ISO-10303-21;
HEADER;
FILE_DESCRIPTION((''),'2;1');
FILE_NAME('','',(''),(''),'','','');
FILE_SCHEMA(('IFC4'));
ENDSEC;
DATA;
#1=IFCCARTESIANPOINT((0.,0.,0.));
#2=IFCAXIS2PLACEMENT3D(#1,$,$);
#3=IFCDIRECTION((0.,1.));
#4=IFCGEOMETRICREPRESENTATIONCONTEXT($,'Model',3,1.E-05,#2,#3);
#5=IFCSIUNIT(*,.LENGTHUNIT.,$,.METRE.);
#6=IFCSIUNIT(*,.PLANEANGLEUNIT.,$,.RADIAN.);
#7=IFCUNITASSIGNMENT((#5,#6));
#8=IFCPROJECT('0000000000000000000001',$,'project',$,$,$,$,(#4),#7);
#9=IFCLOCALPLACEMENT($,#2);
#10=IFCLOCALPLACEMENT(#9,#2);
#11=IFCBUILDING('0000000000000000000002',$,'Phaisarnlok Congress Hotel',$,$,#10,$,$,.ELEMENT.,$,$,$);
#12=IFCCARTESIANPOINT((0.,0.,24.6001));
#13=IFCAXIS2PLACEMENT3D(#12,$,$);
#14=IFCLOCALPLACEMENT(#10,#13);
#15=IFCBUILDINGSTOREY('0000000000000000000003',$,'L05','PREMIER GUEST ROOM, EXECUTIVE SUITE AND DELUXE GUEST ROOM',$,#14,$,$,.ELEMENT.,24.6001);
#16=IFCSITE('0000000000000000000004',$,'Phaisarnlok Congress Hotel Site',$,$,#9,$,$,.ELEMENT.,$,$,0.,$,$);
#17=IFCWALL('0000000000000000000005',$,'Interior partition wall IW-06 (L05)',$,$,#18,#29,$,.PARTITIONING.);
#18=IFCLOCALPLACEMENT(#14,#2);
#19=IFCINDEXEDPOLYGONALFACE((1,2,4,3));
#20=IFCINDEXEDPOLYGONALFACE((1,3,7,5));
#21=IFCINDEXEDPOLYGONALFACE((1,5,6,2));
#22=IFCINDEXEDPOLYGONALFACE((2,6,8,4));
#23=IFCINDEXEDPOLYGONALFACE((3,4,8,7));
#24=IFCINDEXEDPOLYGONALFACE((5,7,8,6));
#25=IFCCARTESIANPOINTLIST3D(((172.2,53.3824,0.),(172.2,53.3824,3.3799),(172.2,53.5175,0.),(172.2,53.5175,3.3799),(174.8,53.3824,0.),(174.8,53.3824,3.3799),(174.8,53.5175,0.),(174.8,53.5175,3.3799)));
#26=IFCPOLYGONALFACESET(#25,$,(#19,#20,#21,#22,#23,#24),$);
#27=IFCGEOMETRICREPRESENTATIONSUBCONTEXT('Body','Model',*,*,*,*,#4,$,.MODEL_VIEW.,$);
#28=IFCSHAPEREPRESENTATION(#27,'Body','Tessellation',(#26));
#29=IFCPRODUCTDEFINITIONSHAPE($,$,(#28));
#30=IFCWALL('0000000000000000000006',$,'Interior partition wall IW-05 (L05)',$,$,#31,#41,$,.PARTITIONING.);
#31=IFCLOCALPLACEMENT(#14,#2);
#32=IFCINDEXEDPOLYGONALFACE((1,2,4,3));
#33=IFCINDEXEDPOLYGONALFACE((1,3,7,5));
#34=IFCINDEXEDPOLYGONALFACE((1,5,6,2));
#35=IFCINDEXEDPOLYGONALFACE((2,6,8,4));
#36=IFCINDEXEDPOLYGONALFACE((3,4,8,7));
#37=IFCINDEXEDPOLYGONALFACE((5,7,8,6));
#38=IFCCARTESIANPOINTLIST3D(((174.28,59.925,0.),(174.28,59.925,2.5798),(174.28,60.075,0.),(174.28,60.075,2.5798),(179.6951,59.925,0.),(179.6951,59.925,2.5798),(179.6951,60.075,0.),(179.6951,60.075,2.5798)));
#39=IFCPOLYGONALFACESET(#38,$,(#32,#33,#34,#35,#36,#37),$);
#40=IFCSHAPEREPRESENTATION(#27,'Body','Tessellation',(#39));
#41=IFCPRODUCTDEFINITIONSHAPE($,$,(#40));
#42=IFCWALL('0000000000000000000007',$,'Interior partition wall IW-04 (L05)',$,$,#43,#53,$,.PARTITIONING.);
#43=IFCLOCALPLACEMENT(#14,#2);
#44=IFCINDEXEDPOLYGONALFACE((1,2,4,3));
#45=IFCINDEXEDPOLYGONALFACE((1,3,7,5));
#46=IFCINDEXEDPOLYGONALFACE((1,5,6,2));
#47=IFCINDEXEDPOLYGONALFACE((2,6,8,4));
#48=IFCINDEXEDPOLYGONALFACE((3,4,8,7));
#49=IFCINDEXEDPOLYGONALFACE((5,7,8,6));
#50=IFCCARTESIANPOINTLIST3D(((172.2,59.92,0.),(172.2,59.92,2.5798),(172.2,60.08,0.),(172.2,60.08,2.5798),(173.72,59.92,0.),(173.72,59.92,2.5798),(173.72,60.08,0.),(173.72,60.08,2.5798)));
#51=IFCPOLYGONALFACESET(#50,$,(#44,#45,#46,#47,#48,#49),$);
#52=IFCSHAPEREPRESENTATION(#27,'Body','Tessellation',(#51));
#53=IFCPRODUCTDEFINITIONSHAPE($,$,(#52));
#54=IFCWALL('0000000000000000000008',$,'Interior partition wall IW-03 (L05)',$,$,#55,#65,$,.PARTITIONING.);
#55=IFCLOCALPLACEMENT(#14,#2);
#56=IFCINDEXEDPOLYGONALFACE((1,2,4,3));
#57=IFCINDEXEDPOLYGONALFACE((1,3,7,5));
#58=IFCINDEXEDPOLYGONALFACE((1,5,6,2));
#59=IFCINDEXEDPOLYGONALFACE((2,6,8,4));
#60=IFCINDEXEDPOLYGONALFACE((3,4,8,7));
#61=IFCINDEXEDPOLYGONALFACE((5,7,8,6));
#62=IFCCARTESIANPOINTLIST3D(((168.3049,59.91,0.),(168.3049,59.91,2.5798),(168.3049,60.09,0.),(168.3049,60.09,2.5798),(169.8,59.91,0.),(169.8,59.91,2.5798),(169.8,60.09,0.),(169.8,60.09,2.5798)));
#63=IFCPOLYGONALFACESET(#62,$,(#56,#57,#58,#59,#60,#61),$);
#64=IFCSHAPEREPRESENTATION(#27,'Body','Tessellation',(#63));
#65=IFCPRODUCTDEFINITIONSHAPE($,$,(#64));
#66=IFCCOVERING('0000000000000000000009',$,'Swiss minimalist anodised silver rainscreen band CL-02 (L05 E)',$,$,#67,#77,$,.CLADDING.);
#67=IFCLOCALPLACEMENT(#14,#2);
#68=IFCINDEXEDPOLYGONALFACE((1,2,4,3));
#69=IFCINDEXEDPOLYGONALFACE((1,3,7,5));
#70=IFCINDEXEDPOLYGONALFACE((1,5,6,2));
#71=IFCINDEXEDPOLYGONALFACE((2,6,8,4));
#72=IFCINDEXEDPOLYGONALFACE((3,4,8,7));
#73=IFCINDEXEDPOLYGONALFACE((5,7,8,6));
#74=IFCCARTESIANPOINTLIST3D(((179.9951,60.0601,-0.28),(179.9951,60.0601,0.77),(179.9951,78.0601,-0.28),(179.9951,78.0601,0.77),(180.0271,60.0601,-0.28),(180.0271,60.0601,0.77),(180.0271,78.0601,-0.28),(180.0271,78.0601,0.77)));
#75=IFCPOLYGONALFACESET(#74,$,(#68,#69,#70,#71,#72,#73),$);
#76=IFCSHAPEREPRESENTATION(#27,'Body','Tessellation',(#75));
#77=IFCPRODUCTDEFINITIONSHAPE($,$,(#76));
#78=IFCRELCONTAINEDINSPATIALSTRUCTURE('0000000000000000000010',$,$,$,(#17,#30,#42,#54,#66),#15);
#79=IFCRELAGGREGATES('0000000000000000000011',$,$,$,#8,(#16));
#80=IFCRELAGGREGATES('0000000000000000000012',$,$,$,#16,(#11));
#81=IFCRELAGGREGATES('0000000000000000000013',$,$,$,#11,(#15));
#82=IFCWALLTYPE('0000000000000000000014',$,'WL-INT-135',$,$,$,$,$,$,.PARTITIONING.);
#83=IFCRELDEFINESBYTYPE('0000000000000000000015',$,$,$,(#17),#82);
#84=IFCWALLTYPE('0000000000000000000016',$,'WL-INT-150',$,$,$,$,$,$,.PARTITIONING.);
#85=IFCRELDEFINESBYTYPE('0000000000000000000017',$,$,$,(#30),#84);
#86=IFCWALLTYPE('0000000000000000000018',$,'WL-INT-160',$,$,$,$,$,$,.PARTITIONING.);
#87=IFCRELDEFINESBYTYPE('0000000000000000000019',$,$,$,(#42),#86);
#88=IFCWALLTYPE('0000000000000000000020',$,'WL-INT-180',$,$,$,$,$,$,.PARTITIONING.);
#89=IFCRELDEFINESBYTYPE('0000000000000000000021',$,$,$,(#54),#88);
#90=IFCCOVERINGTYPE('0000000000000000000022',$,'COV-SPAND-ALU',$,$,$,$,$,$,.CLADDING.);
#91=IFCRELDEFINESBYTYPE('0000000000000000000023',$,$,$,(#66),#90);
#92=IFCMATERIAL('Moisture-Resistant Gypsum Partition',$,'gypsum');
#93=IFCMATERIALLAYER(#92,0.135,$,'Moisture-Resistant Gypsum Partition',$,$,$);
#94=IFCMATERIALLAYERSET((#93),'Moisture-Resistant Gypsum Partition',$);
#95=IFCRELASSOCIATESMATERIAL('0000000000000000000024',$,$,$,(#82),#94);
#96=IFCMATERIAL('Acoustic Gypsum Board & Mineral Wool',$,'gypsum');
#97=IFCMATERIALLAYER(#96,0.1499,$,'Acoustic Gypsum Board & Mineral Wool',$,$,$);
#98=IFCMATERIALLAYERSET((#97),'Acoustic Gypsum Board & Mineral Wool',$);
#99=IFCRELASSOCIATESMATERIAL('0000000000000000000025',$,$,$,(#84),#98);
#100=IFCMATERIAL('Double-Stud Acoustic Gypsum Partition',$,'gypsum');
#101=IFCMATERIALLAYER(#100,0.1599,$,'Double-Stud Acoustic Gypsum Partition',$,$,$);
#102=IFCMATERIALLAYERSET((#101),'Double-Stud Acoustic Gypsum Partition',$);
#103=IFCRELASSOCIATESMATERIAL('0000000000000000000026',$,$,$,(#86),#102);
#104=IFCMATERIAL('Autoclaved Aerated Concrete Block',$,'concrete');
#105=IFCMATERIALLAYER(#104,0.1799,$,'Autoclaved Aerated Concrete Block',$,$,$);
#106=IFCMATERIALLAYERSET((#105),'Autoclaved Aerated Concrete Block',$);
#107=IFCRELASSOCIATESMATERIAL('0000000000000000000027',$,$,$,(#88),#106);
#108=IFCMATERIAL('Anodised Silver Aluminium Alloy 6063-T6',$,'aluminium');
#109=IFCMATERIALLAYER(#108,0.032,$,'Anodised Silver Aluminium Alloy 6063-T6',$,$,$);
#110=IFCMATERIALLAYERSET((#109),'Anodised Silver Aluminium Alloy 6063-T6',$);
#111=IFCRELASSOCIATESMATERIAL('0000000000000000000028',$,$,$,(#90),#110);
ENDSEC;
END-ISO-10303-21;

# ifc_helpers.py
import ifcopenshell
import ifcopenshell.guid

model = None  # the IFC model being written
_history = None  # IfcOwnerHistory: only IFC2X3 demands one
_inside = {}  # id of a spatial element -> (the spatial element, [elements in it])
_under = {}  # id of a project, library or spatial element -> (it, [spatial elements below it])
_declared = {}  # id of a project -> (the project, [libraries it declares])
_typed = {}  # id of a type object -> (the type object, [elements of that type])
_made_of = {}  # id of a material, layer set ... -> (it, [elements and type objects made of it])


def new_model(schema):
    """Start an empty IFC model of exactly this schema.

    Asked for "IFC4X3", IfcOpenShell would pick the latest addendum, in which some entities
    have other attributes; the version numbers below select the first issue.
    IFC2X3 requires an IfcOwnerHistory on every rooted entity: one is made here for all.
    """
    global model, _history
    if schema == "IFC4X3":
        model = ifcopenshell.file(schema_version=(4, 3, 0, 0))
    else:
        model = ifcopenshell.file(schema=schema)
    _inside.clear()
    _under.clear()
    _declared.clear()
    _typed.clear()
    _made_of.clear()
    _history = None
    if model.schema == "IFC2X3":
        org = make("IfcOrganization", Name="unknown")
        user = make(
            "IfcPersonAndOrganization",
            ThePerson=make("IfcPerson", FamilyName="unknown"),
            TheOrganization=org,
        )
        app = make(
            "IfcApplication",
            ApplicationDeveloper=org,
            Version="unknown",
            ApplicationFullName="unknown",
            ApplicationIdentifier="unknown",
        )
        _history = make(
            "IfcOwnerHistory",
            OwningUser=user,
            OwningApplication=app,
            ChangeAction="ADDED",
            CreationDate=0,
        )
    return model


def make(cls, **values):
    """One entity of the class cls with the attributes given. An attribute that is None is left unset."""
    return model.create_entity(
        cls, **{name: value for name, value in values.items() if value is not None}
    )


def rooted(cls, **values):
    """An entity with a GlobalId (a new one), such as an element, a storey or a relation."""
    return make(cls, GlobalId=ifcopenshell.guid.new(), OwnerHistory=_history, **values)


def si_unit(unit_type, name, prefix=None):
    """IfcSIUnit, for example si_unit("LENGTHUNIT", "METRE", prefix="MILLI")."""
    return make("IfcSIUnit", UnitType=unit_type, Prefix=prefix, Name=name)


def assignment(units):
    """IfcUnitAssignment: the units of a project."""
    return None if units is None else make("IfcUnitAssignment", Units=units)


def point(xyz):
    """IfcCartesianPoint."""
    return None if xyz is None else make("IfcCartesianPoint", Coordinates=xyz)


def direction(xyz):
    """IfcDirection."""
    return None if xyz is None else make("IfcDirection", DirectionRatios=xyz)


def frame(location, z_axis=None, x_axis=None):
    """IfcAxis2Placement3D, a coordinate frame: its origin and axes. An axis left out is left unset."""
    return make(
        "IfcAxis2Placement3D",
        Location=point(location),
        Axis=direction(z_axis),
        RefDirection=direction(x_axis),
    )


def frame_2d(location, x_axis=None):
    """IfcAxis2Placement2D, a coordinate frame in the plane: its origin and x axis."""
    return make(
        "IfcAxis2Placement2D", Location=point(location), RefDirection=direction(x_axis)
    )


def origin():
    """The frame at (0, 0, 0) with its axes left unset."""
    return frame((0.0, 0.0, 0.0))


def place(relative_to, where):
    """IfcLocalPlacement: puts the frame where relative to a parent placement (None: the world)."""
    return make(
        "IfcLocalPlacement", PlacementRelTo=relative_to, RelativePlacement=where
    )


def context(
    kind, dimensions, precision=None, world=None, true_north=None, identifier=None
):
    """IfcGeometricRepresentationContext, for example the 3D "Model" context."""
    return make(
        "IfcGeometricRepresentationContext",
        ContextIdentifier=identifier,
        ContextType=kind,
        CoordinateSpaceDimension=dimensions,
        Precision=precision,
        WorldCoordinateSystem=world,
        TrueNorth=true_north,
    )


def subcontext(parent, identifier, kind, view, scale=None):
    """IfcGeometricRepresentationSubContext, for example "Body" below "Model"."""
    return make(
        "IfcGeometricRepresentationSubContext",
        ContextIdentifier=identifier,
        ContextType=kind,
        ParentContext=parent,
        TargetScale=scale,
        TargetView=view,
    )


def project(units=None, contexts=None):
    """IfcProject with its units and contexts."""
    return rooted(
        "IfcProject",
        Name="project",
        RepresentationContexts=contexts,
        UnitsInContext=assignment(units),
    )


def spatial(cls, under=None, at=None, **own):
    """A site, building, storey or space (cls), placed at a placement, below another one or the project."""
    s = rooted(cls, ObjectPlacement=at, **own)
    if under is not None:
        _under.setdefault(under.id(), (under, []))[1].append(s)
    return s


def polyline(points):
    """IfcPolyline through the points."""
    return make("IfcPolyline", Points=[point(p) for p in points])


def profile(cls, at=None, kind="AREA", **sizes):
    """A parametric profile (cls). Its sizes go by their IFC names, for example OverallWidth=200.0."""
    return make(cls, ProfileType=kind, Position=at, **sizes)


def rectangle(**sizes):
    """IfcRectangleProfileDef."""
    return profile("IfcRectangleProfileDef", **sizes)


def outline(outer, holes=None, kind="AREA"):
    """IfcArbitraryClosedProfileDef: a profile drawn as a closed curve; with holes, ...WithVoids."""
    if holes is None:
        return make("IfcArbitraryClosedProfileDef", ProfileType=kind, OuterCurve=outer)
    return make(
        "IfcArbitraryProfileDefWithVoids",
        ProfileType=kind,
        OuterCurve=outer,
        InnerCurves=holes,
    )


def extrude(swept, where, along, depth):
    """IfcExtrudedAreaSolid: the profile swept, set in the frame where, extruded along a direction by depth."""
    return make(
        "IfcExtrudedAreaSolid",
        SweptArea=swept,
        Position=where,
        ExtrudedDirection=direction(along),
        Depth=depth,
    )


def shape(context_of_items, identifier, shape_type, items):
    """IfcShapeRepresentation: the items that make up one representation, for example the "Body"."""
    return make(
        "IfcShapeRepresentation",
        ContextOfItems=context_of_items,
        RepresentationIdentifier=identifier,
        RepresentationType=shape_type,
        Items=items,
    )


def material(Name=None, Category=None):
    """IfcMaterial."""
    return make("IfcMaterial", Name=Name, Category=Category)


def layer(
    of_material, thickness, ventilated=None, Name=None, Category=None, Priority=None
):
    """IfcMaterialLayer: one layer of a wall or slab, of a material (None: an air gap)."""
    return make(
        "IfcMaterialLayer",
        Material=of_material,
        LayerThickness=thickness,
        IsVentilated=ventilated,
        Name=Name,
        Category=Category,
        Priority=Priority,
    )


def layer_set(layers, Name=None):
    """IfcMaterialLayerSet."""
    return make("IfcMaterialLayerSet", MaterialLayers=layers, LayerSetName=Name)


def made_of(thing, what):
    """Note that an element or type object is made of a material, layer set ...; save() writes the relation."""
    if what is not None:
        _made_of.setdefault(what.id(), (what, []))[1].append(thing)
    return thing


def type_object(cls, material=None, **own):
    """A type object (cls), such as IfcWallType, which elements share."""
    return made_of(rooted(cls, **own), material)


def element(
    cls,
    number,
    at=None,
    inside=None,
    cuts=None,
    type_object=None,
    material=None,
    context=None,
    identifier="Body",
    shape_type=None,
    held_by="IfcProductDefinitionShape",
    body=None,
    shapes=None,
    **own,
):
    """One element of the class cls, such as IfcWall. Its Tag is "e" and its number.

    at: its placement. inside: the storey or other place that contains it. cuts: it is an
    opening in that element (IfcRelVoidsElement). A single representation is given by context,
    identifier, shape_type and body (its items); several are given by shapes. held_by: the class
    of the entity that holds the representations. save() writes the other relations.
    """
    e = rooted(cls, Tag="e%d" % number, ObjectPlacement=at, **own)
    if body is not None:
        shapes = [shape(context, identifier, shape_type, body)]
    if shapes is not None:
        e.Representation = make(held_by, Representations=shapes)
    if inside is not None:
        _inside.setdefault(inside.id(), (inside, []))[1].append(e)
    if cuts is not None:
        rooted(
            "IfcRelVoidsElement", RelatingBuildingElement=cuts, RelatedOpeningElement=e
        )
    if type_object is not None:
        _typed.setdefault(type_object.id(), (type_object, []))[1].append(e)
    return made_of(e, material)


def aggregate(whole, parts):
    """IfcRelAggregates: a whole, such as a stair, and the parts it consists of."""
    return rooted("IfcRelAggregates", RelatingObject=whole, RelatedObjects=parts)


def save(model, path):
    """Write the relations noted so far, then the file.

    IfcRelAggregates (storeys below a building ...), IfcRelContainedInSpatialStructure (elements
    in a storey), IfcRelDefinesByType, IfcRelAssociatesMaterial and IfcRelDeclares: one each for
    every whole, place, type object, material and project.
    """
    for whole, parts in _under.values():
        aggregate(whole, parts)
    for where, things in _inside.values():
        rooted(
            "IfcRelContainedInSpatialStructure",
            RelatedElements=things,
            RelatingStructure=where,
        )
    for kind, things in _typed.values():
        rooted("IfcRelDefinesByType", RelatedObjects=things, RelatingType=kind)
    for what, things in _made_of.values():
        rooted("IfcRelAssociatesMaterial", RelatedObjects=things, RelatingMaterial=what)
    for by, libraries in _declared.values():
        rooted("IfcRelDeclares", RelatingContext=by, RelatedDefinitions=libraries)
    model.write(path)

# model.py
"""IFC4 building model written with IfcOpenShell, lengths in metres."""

from ifc_helpers import new_model, si_unit, direction, frame, frame_2d, origin, place, context, subcontext, project, spatial, polyline, rectangle, outline, extrude, material, layer, layer_set, type_object, element, save


model = new_model("IFC4")

# Units and contexts
model_context = context("Model", 3, precision=1e-05, world=origin(), true_north=direction((0.0, 1.0)))
body_context = subcontext(model_context, "Body", "Model", "MODEL_VIEW")
ifc_project = project(units=[si_unit("LENGTHUNIT", "METRE"), si_unit("PLANEANGLEUNIT", "RADIAN")], contexts=[model_context])

# Site, building, storey
site_placement = place(None, origin())
site = spatial("IfcSite", under=ifc_project, at=site_placement, Name="Phaisarnlok Congress Hotel Site", CompositionType="ELEMENT", RefElevation=0.0)
building_placement = place(site_placement, origin())
building = spatial("IfcBuilding", under=site, at=building_placement, Name="Phaisarnlok Congress Hotel", CompositionType="ELEMENT")
storey_placement = place(building_placement, frame((0.0, 0.0, 24.6001)))
storey = spatial("IfcBuildingStorey", under=building, at=storey_placement, Name="L05", Description="PREMIER GUEST ROOM, EXECUTIVE SUITE AND DELUXE GUEST ROOM", CompositionType="ELEMENT", Elevation=24.6001)

# Shared definitions
ifc_material_1 = material(Name="Moisture-Resistant Gypsum Partition", Category="gypsum")
ifc_layer_1 = layer(ifc_material_1, 0.135, Name="Moisture-Resistant Gypsum Partition")
ifc_layer_set_1 = layer_set([ifc_layer_1], Name="Moisture-Resistant Gypsum Partition")
wall_type_1 = type_object("IfcWallType", Name="WL-INT-135", PredefinedType="PARTITIONING", material=ifc_layer_set_1)

# Walls
wall_1_placement = place(storey_placement, frame((172.2, 53.45, 0.0), z_axis=(0.0, 0.0, 1.0), x_axis=(1.0, 0.0, 0.0)))
element("IfcWall", 1, at=wall_1_placement, inside=storey, type_object=wall_type_1, Name="Interior partition wall IW-06 (L05)", PredefinedType="PARTITIONING", context=body_context, shape_type="SweptSolid", body=[
    extrude(rectangle(XDim=2.6001, YDim=0.135, at=frame_2d((1.3, 0.0))), origin(), (0.0, 0.0, 1.0), 3.3799),
])
ifc_material_2 = material(Name="Acoustic Gypsum Board & Mineral Wool", Category="gypsum")
ifc_layer_2 = layer(ifc_material_2, 0.1499, Name="Acoustic Gypsum Board & Mineral Wool")
ifc_layer_set_2 = layer_set([ifc_layer_2], Name="Acoustic Gypsum Board & Mineral Wool")
wall_type_2 = type_object("IfcWallType", Name="WL-INT-150", PredefinedType="PARTITIONING", material=ifc_layer_set_2)
wall_2_placement = place(storey_placement, frame((174.28, 60.0, 0.0), z_axis=(0.0, 0.0, 1.0), x_axis=(1.0, 0.0, 0.0)))
element("IfcWall", 2, at=wall_2_placement, inside=storey, type_object=wall_type_2, Name="Interior partition wall IW-05 (L05)", PredefinedType="PARTITIONING", context=body_context, shape_type="SweptSolid", body=[
    extrude(rectangle(XDim=5.415, YDim=0.1499, at=frame_2d((2.7075, 0.0))), origin(), (0.0, 0.0, 1.0), 2.5798),
])
ifc_material_3 = material(Name="Double-Stud Acoustic Gypsum Partition", Category="gypsum")
ifc_layer_3 = layer(ifc_material_3, 0.1599, Name="Double-Stud Acoustic Gypsum Partition")
ifc_layer_set_3 = layer_set([ifc_layer_3], Name="Double-Stud Acoustic Gypsum Partition")
wall_type_3 = type_object("IfcWallType", Name="WL-INT-160", PredefinedType="PARTITIONING", material=ifc_layer_set_3)
wall_3_placement = place(storey_placement, frame((172.2, 60.0, 0.0), z_axis=(0.0, 0.0, 1.0), x_axis=(1.0, 0.0, 0.0)))
element("IfcWall", 3, at=wall_3_placement, inside=storey, type_object=wall_type_3, Name="Interior partition wall IW-04 (L05)", PredefinedType="PARTITIONING", context=body_context, shape_type="SweptSolid", body=[
    extrude(rectangle(XDim=1.52, YDim=0.1599, at=frame_2d((0.76, 0.0))), origin(), (0.0, 0.0, 1.0), 2.5798),
])
ifc_material_4 = material(Name="Autoclaved Aerated Concrete Block", Category="concrete")
ifc_layer_4 = layer(ifc_material_4, 0.1799, Name="Autoclaved Aerated Concrete Block")
ifc_layer_set_4 = layer_set([ifc_layer_4], Name="Autoclaved Aerated Concrete Block")
wall_type_4 = type_object("IfcWallType", Name="WL-INT-180", PredefinedType="PARTITIONING", material=ifc_layer_set_4)
wall_4_placement = place(storey_placement, frame((168.3049, 60.0, 0.0), z_axis=(0.0, 0.0, 1.0), x_axis=(1.0, 0.0, 0.0)))
element("IfcWall", 4, at=wall_4_placement, inside=storey, type_object=wall_type_4, Name="Interior partition wall IW-03 (L05)", PredefinedType="PARTITIONING", context=body_context, shape_type="SweptSolid", body=[
    extrude(rectangle(XDim=1.4951, YDim=0.1799, at=frame_2d((0.7476, 0.0))), origin(), (0.0, 0.0, 1.0), 2.5798),
])

# Covering
ifc_material_5 = material(Name="Anodised Silver Aluminium Alloy 6063-T6", Category="aluminium")
ifc_layer_5 = layer(ifc_material_5, 0.032, Name="Anodised Silver Aluminium Alloy 6063-T6")
ifc_layer_set_5 = layer_set([ifc_layer_5], Name="Anodised Silver Aluminium Alloy 6063-T6")
covering_type = type_object("IfcCoveringType", Name="COV-SPAND-ALU", PredefinedType="CLADDING", material=ifc_layer_set_5)
covering_placement = place(storey_placement, frame((179.9951, 60.0601, -0.28), z_axis=(1.0, 0.0, 0.0), x_axis=(0.0, 1.0, 0.0)))
element("IfcCovering", 5, at=covering_placement, inside=storey, type_object=covering_type, Name="Swiss minimalist anodised silver rainscreen band CL-02 (L05 E)", PredefinedType="CLADDING", context=body_context, shape_type="SweptSolid", body=[
    extrude(outline(polyline([(0.0, 0.0), (18.0, 0.0), (18.0, 1.05), (0.0, 1.05), (0.0, 0.0)])), origin(), (0.0, 0.0, 1.0), 0.032),
])

save(model, "model.ifc")
